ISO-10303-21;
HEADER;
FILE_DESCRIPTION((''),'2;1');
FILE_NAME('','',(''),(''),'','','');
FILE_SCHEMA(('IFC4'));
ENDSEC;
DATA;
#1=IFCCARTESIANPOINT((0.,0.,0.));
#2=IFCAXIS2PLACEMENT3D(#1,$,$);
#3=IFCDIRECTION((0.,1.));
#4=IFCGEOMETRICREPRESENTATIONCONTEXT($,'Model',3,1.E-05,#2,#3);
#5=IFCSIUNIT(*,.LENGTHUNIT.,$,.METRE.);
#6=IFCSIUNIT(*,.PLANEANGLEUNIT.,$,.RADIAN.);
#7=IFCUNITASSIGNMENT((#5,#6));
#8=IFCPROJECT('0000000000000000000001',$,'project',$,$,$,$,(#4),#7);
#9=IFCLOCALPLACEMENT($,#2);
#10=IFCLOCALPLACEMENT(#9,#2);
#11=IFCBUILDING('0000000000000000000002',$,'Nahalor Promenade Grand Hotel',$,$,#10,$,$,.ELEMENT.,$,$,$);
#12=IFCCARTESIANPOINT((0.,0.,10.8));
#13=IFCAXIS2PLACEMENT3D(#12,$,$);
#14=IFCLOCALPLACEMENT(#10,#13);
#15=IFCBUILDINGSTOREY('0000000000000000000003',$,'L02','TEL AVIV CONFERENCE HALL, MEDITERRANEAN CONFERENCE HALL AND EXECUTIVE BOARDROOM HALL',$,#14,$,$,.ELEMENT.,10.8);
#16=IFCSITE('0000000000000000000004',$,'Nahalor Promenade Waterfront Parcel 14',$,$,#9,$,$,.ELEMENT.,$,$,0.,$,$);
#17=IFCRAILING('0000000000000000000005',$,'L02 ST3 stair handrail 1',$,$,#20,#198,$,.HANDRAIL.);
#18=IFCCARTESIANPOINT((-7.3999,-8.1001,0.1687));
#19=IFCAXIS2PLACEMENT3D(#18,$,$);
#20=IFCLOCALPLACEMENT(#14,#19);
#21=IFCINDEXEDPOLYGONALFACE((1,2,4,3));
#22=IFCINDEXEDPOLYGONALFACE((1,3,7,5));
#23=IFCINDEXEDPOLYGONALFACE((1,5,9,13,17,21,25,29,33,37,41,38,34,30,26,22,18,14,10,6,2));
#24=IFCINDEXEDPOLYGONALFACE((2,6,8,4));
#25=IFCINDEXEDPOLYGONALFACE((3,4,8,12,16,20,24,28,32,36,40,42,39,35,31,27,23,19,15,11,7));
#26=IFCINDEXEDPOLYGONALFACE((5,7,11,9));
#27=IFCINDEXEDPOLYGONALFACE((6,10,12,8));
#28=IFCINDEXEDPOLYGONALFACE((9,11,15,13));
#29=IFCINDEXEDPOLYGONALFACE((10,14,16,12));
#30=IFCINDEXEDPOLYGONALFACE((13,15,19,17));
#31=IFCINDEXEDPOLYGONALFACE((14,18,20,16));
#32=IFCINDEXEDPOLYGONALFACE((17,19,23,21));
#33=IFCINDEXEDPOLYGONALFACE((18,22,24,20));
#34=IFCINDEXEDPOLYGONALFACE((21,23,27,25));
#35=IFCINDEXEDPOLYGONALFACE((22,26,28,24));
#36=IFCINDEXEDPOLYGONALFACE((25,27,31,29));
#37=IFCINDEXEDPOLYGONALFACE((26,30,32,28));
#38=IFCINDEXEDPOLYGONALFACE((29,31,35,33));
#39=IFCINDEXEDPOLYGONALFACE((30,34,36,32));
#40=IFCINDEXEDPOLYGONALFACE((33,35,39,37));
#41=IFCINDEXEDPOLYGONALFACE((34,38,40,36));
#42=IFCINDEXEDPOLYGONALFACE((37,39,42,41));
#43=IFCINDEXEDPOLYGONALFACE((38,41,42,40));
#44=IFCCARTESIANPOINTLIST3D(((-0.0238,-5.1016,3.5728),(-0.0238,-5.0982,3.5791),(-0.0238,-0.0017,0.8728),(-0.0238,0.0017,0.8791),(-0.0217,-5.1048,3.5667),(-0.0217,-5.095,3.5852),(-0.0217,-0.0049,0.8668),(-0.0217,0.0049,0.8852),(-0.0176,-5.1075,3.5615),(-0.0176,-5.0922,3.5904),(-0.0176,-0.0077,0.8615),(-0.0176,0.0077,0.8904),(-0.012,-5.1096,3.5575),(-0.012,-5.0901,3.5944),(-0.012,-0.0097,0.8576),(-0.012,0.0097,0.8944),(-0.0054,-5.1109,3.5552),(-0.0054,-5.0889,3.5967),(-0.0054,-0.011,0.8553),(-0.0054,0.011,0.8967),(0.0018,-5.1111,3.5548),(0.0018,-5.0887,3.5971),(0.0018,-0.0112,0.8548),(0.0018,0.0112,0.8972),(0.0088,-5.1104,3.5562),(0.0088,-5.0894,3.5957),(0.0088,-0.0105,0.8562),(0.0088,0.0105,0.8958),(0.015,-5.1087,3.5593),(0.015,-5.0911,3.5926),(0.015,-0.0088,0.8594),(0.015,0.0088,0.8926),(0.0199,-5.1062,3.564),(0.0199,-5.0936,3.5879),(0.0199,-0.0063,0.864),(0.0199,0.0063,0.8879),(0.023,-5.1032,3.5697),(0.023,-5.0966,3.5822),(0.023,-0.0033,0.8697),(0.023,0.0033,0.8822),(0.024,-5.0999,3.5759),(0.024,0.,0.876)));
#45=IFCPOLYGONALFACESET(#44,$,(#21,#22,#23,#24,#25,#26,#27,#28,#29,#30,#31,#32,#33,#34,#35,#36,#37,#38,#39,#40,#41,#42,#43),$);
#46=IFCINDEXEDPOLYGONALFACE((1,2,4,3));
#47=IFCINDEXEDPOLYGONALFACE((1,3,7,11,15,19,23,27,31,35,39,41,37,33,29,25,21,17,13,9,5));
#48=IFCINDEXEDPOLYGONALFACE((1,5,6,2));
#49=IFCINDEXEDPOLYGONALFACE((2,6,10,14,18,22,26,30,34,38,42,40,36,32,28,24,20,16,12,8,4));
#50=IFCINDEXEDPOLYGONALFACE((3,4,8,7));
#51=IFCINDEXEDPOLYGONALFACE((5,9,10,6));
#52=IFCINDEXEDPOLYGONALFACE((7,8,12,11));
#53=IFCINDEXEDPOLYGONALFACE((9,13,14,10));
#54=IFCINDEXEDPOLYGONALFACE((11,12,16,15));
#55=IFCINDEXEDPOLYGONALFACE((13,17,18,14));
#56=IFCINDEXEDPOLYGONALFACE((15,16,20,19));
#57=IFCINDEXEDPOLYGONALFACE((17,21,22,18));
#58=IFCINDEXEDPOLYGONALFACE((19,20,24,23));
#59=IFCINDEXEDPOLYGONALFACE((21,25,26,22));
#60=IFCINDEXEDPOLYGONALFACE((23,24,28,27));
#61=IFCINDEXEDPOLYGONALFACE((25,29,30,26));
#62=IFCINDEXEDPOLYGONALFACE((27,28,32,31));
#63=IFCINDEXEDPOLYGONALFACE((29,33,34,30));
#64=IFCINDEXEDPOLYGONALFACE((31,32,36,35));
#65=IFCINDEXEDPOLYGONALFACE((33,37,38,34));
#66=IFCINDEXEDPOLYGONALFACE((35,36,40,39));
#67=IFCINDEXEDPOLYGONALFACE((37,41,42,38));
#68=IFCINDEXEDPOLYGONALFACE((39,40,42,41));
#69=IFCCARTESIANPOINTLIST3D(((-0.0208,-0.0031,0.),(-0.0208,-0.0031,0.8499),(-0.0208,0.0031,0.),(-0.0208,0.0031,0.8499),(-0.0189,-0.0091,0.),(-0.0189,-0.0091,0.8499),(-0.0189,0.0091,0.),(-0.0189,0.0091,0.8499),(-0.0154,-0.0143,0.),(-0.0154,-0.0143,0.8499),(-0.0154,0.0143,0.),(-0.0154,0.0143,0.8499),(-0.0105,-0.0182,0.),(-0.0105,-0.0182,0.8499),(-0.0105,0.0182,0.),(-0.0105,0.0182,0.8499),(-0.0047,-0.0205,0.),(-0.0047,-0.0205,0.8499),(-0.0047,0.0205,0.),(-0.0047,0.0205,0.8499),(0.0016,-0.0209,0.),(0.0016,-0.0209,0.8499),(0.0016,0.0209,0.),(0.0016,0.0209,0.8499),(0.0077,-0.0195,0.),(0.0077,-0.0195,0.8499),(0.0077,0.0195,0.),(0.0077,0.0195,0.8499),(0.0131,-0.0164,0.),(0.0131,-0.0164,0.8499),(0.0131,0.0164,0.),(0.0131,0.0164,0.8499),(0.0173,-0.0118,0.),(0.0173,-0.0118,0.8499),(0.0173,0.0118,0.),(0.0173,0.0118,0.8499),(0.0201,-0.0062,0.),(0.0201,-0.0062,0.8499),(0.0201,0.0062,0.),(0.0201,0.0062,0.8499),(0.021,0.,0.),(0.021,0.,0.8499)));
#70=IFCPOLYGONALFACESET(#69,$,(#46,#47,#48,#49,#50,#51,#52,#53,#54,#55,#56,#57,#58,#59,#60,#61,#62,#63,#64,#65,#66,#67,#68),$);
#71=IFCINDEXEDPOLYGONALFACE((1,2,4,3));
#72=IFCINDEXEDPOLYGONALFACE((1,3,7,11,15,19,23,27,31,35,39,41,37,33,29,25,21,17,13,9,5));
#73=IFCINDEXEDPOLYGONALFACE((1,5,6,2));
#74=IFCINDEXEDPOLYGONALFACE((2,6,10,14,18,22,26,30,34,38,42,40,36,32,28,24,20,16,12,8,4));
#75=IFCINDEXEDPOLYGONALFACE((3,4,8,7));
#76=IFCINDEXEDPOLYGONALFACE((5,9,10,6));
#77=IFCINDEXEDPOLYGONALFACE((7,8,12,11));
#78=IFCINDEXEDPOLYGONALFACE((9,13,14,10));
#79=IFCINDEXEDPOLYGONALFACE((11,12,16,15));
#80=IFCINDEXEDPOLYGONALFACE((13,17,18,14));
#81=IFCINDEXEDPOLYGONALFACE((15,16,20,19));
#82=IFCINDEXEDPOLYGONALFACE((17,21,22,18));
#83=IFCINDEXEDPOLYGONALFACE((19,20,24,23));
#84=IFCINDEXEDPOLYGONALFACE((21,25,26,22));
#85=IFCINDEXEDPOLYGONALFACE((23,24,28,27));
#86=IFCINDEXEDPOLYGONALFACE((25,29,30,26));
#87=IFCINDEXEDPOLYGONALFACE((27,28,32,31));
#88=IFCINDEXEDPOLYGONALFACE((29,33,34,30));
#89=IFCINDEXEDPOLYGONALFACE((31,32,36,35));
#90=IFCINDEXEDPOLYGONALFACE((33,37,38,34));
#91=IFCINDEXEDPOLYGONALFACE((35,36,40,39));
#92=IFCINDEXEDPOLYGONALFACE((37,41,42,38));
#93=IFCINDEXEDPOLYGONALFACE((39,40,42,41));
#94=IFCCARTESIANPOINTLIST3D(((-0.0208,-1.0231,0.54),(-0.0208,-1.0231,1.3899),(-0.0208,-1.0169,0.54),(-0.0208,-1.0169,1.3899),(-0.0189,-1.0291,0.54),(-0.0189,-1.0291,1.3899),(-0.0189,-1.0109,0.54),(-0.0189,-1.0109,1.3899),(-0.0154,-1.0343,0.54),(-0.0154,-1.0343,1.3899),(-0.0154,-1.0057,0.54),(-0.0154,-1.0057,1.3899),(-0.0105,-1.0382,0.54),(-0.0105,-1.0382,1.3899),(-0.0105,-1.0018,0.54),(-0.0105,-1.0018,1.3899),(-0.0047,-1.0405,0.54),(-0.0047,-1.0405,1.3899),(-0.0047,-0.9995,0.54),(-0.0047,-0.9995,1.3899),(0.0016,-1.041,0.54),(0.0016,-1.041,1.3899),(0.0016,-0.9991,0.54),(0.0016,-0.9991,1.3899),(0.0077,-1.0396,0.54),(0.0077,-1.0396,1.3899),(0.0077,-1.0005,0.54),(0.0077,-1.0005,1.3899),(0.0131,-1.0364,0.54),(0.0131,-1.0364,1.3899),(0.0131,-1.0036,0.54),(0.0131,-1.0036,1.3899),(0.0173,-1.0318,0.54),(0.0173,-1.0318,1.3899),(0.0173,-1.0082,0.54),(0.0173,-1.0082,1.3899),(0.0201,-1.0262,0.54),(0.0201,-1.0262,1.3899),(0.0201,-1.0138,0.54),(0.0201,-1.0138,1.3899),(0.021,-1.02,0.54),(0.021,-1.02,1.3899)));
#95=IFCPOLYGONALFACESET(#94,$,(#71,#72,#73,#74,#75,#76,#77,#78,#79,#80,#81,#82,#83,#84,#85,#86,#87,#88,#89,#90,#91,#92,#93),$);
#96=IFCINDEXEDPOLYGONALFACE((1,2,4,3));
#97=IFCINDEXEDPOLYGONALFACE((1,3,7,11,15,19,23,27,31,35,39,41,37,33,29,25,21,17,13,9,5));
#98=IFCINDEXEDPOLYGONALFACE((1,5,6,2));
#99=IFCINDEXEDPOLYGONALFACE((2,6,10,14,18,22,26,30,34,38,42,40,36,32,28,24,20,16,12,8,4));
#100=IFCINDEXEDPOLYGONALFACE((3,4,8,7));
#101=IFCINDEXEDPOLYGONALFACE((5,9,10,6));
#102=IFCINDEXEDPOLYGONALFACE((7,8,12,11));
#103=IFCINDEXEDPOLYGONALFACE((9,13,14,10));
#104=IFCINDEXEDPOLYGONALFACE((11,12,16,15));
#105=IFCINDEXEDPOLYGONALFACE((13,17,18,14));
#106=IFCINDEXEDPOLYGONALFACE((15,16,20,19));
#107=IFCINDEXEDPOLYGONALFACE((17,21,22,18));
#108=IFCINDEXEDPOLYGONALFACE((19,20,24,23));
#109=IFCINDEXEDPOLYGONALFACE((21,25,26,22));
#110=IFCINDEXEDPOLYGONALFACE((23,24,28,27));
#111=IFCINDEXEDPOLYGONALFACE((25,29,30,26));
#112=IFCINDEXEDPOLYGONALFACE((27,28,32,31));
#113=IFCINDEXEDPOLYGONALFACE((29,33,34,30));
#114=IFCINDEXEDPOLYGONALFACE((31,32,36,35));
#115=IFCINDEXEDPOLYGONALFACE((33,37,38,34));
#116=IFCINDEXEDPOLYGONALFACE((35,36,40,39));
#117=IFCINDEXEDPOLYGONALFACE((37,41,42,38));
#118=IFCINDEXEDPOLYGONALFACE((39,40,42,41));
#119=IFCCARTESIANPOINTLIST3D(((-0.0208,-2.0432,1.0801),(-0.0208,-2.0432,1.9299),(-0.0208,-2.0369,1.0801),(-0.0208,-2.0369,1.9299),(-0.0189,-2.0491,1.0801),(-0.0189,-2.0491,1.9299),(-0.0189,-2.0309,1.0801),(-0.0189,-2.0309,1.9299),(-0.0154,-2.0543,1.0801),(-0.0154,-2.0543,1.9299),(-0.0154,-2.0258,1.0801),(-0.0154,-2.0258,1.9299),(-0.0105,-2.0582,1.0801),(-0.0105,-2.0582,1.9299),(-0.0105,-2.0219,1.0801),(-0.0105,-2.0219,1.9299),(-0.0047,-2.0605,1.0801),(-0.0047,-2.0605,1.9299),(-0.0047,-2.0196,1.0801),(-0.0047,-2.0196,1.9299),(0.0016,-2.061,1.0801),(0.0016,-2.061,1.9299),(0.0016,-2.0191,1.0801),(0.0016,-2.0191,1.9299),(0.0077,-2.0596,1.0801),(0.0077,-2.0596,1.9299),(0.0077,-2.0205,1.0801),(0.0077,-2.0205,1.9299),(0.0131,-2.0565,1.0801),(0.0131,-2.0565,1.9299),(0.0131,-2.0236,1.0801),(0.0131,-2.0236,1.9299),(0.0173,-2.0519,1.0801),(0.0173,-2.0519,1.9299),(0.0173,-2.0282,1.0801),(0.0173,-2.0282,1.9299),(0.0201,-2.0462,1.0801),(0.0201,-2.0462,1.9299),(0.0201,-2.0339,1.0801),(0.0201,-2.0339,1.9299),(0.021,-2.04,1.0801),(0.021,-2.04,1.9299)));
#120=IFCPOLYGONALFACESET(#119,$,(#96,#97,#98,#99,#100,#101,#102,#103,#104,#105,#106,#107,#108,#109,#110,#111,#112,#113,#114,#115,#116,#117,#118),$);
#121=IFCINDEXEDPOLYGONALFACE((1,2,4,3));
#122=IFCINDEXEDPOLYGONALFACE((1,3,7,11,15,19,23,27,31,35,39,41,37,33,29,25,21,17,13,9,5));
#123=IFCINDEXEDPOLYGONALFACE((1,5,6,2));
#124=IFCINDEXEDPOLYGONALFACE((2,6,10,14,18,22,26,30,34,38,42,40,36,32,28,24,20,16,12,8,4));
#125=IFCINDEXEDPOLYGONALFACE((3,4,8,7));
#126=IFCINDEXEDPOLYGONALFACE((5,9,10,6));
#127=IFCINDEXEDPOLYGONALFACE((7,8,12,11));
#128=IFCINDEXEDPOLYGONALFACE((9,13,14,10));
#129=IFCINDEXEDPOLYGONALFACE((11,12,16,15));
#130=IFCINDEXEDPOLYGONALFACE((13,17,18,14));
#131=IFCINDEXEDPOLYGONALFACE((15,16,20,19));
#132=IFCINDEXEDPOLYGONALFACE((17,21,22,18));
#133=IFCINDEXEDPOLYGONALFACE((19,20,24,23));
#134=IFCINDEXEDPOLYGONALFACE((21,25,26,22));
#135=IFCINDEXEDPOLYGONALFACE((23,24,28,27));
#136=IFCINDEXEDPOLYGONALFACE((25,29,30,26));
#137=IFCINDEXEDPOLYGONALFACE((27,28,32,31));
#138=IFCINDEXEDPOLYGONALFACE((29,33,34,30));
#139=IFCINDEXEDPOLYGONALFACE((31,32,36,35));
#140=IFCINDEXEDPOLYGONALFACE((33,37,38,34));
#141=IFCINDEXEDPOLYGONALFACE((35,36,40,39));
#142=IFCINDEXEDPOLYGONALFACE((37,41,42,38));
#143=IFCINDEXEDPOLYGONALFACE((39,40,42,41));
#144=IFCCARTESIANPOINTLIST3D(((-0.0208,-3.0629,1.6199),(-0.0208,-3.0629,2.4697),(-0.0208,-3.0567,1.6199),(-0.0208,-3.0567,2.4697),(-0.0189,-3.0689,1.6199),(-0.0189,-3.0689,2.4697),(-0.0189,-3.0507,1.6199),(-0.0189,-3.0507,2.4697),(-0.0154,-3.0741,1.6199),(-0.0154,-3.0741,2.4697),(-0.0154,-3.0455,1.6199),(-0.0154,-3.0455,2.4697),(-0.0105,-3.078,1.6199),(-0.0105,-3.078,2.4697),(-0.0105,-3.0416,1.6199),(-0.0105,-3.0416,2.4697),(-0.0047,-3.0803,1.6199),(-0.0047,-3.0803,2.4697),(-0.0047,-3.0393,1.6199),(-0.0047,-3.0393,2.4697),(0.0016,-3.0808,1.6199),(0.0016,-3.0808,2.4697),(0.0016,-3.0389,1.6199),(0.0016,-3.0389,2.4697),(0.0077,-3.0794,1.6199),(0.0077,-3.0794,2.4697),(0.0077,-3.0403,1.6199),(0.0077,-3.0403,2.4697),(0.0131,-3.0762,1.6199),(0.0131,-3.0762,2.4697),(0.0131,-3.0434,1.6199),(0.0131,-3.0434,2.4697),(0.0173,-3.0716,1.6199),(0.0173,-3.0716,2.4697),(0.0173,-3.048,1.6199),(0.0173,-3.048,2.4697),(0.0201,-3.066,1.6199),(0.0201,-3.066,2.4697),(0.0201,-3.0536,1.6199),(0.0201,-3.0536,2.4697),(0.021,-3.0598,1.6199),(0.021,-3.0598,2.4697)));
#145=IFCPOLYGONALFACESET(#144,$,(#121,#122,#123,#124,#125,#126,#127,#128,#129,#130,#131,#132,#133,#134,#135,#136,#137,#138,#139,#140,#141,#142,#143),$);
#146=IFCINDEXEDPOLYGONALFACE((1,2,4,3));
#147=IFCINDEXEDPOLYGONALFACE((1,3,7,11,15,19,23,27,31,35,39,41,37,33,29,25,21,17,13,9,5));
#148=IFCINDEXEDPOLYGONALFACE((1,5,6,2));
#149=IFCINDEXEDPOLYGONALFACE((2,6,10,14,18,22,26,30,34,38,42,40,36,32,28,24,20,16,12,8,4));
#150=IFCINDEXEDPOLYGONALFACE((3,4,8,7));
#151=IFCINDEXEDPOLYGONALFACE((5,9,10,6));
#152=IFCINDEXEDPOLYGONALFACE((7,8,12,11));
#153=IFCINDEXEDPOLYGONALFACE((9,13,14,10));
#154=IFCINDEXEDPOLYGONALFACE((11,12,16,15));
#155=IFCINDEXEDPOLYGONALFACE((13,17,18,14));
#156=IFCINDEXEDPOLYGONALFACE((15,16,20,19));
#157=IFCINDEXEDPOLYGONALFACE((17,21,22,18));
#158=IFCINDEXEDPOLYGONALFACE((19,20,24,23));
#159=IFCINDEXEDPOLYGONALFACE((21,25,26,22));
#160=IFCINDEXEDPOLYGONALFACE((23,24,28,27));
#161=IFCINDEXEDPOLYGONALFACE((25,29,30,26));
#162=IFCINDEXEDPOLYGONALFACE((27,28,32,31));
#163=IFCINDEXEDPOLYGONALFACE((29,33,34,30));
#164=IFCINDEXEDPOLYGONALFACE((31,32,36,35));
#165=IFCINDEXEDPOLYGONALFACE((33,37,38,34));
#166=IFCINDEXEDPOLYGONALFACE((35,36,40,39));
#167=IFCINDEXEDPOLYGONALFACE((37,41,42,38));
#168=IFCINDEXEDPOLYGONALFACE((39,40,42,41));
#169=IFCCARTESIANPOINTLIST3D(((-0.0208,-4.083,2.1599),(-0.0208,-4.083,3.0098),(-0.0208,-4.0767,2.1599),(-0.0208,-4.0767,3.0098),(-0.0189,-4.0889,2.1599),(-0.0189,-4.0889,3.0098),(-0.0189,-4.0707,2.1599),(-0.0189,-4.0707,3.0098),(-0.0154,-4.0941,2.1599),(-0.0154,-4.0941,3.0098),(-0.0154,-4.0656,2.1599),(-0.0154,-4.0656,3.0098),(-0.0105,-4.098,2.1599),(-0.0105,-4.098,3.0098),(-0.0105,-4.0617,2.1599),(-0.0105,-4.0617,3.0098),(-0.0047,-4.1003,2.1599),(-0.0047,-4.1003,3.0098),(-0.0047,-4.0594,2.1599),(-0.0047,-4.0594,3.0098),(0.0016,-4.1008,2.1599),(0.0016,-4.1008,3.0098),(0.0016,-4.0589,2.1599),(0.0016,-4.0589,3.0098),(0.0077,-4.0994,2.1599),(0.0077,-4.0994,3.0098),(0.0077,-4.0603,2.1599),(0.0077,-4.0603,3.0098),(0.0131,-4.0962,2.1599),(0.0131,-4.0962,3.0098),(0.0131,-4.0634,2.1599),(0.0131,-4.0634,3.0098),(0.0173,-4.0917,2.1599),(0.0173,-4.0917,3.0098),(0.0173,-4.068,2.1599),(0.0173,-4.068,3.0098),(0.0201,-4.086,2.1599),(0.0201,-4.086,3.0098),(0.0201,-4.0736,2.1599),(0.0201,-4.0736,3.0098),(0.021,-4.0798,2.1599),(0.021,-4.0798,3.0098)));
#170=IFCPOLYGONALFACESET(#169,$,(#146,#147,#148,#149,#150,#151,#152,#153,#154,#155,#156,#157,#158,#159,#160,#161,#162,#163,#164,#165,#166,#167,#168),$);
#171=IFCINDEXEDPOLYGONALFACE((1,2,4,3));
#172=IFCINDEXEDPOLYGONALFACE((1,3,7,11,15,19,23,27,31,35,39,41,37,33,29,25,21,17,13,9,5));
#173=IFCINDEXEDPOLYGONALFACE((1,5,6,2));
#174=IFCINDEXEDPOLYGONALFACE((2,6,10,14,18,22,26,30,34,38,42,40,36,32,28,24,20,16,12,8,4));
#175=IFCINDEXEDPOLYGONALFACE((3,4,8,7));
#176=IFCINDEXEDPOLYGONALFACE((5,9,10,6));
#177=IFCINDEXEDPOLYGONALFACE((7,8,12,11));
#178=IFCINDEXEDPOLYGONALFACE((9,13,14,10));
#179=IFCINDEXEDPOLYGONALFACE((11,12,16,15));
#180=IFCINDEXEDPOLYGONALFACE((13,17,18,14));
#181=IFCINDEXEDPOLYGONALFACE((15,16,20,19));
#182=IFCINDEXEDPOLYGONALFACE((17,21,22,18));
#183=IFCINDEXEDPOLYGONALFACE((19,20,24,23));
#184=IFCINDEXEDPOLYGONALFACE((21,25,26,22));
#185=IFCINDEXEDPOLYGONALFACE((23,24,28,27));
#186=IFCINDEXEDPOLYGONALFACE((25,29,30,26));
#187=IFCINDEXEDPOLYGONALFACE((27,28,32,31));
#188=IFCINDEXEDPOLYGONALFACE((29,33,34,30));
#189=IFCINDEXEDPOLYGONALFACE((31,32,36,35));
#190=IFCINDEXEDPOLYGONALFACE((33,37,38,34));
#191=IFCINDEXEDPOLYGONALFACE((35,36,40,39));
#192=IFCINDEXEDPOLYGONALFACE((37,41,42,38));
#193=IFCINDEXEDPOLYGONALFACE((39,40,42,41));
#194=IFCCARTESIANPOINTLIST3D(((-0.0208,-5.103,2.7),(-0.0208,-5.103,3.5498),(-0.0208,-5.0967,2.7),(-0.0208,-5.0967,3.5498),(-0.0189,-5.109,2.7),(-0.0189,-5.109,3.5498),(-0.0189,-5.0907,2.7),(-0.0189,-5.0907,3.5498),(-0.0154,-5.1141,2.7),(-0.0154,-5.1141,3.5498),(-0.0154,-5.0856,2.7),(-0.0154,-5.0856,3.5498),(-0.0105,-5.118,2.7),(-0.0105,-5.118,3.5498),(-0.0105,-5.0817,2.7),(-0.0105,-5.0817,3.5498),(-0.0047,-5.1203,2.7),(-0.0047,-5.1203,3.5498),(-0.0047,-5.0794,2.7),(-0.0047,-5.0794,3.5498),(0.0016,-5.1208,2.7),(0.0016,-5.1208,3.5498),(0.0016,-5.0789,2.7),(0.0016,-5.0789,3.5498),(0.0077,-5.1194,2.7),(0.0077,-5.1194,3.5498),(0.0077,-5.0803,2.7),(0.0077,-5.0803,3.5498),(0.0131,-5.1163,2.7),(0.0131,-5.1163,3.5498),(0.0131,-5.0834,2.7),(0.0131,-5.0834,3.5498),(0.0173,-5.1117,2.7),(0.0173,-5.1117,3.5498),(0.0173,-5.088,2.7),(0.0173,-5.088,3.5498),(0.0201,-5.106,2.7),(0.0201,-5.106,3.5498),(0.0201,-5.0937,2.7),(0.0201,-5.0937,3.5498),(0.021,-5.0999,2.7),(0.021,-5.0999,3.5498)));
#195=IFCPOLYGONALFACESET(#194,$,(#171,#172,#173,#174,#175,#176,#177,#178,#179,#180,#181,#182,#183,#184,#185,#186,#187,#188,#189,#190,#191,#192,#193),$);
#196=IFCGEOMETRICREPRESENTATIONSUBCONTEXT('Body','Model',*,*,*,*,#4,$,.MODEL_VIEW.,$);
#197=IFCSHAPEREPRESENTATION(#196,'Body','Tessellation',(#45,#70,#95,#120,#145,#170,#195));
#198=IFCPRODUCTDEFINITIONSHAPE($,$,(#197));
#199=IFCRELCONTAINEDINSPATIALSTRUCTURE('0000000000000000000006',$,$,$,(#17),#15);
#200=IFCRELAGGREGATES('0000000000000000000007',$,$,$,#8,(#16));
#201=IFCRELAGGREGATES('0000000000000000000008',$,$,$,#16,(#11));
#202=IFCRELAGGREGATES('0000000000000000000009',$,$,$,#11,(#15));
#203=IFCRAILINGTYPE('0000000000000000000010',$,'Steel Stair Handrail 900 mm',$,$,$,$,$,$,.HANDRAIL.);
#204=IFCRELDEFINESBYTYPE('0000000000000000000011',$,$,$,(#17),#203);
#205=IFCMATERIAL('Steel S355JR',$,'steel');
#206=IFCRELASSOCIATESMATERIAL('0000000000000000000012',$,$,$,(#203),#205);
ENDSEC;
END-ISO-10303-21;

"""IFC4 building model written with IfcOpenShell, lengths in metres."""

from ifc_helpers import new_model, si_unit, direction, frame, origin, origin_2d, place, context, subcontext, project, spatial, circle, extrude, material, type_object, element, save


model = new_model("IFC4")

# Units and contexts
model_context = context("Model", 3, precision=1e-05, world=origin(), true_north=direction((0.0, 1.0)))
body_context = subcontext(model_context, "Body", "Model", "MODEL_VIEW")
ifc_project = project(units=[si_unit("LENGTHUNIT", "METRE"), si_unit("PLANEANGLEUNIT", "RADIAN")], contexts=[model_context])

# Site, building, storey
site_placement = place(None, origin())
site = spatial("IfcSite", under=ifc_project, at=site_placement, Name="Nahalor Promenade Waterfront Parcel 14", CompositionType="ELEMENT", RefElevation=0.0)
building_placement = place(site_placement, origin())
building = spatial("IfcBuilding", under=site, at=building_placement, Name="Nahalor Promenade Grand Hotel", CompositionType="ELEMENT")
storey_placement = place(building_placement, frame((0.0, 0.0, 10.8)))
storey = spatial("IfcBuildingStorey", under=building, at=storey_placement, Name="L02", Description="TEL AVIV CONFERENCE HALL, MEDITERRANEAN CONFERENCE HALL AND EXECUTIVE BOARDROOM HALL", CompositionType="ELEMENT", Elevation=10.8)

# Shared definitions
ifc_material_1 = material(Name="Steel S355JR", Category="steel")

# Railing
railing_type_1 = type_object("IfcRailingType", Name="Steel Stair Handrail 900 mm", PredefinedType="HANDRAIL", material=ifc_material_1)
for number, where, name in (
    (1, (-7.3999, -8.1001, 0.1687), "L02 ST3 stair handrail 1"),
):
    element("IfcRailing", number, at=place(storey_placement, frame(where)), inside=storey, type_object=railing_type_1, Name=name, PredefinedType="HANDRAIL", context=body_context, shape_type="SweptSolid", body=[
        extrude(circle(Radius=0.024, at=origin_2d()), frame((0.0, 0.0, 0.876), z_axis=(0.0, -0.883786, 0.467892), x_axis=(1.0, 0.0, 0.0)), (0.0, 0.0, 1.0), 5.7705),
        extrude(circle(Radius=0.021, at=origin_2d()), origin(), (0.0, 0.0, 1.0), 0.8499),
        extrude(circle(Radius=0.021, at=origin_2d()), frame((0.0, -1.02, 0.54)), (0.0, 0.0, 1.0), 0.8499),
        extrude(circle(Radius=0.021, at=origin_2d()), frame((0.0, -2.04, 1.0801)), (0.0, 0.0, 1.0), 0.8499),
        extrude(circle(Radius=0.021, at=origin_2d()), frame((0.0, -3.0598, 1.6199)), (0.0, 0.0, 1.0), 0.8499),
        extrude(circle(Radius=0.021, at=origin_2d()), frame((0.0, -4.0798, 2.1599)), (0.0, 0.0, 1.0), 0.8499),
        extrude(circle(Radius=0.021, at=origin_2d()), frame((0.0, -5.0999, 2.7)), (0.0, 0.0, 1.0), 0.8499),
    ])

save(model, "model.ifc")
